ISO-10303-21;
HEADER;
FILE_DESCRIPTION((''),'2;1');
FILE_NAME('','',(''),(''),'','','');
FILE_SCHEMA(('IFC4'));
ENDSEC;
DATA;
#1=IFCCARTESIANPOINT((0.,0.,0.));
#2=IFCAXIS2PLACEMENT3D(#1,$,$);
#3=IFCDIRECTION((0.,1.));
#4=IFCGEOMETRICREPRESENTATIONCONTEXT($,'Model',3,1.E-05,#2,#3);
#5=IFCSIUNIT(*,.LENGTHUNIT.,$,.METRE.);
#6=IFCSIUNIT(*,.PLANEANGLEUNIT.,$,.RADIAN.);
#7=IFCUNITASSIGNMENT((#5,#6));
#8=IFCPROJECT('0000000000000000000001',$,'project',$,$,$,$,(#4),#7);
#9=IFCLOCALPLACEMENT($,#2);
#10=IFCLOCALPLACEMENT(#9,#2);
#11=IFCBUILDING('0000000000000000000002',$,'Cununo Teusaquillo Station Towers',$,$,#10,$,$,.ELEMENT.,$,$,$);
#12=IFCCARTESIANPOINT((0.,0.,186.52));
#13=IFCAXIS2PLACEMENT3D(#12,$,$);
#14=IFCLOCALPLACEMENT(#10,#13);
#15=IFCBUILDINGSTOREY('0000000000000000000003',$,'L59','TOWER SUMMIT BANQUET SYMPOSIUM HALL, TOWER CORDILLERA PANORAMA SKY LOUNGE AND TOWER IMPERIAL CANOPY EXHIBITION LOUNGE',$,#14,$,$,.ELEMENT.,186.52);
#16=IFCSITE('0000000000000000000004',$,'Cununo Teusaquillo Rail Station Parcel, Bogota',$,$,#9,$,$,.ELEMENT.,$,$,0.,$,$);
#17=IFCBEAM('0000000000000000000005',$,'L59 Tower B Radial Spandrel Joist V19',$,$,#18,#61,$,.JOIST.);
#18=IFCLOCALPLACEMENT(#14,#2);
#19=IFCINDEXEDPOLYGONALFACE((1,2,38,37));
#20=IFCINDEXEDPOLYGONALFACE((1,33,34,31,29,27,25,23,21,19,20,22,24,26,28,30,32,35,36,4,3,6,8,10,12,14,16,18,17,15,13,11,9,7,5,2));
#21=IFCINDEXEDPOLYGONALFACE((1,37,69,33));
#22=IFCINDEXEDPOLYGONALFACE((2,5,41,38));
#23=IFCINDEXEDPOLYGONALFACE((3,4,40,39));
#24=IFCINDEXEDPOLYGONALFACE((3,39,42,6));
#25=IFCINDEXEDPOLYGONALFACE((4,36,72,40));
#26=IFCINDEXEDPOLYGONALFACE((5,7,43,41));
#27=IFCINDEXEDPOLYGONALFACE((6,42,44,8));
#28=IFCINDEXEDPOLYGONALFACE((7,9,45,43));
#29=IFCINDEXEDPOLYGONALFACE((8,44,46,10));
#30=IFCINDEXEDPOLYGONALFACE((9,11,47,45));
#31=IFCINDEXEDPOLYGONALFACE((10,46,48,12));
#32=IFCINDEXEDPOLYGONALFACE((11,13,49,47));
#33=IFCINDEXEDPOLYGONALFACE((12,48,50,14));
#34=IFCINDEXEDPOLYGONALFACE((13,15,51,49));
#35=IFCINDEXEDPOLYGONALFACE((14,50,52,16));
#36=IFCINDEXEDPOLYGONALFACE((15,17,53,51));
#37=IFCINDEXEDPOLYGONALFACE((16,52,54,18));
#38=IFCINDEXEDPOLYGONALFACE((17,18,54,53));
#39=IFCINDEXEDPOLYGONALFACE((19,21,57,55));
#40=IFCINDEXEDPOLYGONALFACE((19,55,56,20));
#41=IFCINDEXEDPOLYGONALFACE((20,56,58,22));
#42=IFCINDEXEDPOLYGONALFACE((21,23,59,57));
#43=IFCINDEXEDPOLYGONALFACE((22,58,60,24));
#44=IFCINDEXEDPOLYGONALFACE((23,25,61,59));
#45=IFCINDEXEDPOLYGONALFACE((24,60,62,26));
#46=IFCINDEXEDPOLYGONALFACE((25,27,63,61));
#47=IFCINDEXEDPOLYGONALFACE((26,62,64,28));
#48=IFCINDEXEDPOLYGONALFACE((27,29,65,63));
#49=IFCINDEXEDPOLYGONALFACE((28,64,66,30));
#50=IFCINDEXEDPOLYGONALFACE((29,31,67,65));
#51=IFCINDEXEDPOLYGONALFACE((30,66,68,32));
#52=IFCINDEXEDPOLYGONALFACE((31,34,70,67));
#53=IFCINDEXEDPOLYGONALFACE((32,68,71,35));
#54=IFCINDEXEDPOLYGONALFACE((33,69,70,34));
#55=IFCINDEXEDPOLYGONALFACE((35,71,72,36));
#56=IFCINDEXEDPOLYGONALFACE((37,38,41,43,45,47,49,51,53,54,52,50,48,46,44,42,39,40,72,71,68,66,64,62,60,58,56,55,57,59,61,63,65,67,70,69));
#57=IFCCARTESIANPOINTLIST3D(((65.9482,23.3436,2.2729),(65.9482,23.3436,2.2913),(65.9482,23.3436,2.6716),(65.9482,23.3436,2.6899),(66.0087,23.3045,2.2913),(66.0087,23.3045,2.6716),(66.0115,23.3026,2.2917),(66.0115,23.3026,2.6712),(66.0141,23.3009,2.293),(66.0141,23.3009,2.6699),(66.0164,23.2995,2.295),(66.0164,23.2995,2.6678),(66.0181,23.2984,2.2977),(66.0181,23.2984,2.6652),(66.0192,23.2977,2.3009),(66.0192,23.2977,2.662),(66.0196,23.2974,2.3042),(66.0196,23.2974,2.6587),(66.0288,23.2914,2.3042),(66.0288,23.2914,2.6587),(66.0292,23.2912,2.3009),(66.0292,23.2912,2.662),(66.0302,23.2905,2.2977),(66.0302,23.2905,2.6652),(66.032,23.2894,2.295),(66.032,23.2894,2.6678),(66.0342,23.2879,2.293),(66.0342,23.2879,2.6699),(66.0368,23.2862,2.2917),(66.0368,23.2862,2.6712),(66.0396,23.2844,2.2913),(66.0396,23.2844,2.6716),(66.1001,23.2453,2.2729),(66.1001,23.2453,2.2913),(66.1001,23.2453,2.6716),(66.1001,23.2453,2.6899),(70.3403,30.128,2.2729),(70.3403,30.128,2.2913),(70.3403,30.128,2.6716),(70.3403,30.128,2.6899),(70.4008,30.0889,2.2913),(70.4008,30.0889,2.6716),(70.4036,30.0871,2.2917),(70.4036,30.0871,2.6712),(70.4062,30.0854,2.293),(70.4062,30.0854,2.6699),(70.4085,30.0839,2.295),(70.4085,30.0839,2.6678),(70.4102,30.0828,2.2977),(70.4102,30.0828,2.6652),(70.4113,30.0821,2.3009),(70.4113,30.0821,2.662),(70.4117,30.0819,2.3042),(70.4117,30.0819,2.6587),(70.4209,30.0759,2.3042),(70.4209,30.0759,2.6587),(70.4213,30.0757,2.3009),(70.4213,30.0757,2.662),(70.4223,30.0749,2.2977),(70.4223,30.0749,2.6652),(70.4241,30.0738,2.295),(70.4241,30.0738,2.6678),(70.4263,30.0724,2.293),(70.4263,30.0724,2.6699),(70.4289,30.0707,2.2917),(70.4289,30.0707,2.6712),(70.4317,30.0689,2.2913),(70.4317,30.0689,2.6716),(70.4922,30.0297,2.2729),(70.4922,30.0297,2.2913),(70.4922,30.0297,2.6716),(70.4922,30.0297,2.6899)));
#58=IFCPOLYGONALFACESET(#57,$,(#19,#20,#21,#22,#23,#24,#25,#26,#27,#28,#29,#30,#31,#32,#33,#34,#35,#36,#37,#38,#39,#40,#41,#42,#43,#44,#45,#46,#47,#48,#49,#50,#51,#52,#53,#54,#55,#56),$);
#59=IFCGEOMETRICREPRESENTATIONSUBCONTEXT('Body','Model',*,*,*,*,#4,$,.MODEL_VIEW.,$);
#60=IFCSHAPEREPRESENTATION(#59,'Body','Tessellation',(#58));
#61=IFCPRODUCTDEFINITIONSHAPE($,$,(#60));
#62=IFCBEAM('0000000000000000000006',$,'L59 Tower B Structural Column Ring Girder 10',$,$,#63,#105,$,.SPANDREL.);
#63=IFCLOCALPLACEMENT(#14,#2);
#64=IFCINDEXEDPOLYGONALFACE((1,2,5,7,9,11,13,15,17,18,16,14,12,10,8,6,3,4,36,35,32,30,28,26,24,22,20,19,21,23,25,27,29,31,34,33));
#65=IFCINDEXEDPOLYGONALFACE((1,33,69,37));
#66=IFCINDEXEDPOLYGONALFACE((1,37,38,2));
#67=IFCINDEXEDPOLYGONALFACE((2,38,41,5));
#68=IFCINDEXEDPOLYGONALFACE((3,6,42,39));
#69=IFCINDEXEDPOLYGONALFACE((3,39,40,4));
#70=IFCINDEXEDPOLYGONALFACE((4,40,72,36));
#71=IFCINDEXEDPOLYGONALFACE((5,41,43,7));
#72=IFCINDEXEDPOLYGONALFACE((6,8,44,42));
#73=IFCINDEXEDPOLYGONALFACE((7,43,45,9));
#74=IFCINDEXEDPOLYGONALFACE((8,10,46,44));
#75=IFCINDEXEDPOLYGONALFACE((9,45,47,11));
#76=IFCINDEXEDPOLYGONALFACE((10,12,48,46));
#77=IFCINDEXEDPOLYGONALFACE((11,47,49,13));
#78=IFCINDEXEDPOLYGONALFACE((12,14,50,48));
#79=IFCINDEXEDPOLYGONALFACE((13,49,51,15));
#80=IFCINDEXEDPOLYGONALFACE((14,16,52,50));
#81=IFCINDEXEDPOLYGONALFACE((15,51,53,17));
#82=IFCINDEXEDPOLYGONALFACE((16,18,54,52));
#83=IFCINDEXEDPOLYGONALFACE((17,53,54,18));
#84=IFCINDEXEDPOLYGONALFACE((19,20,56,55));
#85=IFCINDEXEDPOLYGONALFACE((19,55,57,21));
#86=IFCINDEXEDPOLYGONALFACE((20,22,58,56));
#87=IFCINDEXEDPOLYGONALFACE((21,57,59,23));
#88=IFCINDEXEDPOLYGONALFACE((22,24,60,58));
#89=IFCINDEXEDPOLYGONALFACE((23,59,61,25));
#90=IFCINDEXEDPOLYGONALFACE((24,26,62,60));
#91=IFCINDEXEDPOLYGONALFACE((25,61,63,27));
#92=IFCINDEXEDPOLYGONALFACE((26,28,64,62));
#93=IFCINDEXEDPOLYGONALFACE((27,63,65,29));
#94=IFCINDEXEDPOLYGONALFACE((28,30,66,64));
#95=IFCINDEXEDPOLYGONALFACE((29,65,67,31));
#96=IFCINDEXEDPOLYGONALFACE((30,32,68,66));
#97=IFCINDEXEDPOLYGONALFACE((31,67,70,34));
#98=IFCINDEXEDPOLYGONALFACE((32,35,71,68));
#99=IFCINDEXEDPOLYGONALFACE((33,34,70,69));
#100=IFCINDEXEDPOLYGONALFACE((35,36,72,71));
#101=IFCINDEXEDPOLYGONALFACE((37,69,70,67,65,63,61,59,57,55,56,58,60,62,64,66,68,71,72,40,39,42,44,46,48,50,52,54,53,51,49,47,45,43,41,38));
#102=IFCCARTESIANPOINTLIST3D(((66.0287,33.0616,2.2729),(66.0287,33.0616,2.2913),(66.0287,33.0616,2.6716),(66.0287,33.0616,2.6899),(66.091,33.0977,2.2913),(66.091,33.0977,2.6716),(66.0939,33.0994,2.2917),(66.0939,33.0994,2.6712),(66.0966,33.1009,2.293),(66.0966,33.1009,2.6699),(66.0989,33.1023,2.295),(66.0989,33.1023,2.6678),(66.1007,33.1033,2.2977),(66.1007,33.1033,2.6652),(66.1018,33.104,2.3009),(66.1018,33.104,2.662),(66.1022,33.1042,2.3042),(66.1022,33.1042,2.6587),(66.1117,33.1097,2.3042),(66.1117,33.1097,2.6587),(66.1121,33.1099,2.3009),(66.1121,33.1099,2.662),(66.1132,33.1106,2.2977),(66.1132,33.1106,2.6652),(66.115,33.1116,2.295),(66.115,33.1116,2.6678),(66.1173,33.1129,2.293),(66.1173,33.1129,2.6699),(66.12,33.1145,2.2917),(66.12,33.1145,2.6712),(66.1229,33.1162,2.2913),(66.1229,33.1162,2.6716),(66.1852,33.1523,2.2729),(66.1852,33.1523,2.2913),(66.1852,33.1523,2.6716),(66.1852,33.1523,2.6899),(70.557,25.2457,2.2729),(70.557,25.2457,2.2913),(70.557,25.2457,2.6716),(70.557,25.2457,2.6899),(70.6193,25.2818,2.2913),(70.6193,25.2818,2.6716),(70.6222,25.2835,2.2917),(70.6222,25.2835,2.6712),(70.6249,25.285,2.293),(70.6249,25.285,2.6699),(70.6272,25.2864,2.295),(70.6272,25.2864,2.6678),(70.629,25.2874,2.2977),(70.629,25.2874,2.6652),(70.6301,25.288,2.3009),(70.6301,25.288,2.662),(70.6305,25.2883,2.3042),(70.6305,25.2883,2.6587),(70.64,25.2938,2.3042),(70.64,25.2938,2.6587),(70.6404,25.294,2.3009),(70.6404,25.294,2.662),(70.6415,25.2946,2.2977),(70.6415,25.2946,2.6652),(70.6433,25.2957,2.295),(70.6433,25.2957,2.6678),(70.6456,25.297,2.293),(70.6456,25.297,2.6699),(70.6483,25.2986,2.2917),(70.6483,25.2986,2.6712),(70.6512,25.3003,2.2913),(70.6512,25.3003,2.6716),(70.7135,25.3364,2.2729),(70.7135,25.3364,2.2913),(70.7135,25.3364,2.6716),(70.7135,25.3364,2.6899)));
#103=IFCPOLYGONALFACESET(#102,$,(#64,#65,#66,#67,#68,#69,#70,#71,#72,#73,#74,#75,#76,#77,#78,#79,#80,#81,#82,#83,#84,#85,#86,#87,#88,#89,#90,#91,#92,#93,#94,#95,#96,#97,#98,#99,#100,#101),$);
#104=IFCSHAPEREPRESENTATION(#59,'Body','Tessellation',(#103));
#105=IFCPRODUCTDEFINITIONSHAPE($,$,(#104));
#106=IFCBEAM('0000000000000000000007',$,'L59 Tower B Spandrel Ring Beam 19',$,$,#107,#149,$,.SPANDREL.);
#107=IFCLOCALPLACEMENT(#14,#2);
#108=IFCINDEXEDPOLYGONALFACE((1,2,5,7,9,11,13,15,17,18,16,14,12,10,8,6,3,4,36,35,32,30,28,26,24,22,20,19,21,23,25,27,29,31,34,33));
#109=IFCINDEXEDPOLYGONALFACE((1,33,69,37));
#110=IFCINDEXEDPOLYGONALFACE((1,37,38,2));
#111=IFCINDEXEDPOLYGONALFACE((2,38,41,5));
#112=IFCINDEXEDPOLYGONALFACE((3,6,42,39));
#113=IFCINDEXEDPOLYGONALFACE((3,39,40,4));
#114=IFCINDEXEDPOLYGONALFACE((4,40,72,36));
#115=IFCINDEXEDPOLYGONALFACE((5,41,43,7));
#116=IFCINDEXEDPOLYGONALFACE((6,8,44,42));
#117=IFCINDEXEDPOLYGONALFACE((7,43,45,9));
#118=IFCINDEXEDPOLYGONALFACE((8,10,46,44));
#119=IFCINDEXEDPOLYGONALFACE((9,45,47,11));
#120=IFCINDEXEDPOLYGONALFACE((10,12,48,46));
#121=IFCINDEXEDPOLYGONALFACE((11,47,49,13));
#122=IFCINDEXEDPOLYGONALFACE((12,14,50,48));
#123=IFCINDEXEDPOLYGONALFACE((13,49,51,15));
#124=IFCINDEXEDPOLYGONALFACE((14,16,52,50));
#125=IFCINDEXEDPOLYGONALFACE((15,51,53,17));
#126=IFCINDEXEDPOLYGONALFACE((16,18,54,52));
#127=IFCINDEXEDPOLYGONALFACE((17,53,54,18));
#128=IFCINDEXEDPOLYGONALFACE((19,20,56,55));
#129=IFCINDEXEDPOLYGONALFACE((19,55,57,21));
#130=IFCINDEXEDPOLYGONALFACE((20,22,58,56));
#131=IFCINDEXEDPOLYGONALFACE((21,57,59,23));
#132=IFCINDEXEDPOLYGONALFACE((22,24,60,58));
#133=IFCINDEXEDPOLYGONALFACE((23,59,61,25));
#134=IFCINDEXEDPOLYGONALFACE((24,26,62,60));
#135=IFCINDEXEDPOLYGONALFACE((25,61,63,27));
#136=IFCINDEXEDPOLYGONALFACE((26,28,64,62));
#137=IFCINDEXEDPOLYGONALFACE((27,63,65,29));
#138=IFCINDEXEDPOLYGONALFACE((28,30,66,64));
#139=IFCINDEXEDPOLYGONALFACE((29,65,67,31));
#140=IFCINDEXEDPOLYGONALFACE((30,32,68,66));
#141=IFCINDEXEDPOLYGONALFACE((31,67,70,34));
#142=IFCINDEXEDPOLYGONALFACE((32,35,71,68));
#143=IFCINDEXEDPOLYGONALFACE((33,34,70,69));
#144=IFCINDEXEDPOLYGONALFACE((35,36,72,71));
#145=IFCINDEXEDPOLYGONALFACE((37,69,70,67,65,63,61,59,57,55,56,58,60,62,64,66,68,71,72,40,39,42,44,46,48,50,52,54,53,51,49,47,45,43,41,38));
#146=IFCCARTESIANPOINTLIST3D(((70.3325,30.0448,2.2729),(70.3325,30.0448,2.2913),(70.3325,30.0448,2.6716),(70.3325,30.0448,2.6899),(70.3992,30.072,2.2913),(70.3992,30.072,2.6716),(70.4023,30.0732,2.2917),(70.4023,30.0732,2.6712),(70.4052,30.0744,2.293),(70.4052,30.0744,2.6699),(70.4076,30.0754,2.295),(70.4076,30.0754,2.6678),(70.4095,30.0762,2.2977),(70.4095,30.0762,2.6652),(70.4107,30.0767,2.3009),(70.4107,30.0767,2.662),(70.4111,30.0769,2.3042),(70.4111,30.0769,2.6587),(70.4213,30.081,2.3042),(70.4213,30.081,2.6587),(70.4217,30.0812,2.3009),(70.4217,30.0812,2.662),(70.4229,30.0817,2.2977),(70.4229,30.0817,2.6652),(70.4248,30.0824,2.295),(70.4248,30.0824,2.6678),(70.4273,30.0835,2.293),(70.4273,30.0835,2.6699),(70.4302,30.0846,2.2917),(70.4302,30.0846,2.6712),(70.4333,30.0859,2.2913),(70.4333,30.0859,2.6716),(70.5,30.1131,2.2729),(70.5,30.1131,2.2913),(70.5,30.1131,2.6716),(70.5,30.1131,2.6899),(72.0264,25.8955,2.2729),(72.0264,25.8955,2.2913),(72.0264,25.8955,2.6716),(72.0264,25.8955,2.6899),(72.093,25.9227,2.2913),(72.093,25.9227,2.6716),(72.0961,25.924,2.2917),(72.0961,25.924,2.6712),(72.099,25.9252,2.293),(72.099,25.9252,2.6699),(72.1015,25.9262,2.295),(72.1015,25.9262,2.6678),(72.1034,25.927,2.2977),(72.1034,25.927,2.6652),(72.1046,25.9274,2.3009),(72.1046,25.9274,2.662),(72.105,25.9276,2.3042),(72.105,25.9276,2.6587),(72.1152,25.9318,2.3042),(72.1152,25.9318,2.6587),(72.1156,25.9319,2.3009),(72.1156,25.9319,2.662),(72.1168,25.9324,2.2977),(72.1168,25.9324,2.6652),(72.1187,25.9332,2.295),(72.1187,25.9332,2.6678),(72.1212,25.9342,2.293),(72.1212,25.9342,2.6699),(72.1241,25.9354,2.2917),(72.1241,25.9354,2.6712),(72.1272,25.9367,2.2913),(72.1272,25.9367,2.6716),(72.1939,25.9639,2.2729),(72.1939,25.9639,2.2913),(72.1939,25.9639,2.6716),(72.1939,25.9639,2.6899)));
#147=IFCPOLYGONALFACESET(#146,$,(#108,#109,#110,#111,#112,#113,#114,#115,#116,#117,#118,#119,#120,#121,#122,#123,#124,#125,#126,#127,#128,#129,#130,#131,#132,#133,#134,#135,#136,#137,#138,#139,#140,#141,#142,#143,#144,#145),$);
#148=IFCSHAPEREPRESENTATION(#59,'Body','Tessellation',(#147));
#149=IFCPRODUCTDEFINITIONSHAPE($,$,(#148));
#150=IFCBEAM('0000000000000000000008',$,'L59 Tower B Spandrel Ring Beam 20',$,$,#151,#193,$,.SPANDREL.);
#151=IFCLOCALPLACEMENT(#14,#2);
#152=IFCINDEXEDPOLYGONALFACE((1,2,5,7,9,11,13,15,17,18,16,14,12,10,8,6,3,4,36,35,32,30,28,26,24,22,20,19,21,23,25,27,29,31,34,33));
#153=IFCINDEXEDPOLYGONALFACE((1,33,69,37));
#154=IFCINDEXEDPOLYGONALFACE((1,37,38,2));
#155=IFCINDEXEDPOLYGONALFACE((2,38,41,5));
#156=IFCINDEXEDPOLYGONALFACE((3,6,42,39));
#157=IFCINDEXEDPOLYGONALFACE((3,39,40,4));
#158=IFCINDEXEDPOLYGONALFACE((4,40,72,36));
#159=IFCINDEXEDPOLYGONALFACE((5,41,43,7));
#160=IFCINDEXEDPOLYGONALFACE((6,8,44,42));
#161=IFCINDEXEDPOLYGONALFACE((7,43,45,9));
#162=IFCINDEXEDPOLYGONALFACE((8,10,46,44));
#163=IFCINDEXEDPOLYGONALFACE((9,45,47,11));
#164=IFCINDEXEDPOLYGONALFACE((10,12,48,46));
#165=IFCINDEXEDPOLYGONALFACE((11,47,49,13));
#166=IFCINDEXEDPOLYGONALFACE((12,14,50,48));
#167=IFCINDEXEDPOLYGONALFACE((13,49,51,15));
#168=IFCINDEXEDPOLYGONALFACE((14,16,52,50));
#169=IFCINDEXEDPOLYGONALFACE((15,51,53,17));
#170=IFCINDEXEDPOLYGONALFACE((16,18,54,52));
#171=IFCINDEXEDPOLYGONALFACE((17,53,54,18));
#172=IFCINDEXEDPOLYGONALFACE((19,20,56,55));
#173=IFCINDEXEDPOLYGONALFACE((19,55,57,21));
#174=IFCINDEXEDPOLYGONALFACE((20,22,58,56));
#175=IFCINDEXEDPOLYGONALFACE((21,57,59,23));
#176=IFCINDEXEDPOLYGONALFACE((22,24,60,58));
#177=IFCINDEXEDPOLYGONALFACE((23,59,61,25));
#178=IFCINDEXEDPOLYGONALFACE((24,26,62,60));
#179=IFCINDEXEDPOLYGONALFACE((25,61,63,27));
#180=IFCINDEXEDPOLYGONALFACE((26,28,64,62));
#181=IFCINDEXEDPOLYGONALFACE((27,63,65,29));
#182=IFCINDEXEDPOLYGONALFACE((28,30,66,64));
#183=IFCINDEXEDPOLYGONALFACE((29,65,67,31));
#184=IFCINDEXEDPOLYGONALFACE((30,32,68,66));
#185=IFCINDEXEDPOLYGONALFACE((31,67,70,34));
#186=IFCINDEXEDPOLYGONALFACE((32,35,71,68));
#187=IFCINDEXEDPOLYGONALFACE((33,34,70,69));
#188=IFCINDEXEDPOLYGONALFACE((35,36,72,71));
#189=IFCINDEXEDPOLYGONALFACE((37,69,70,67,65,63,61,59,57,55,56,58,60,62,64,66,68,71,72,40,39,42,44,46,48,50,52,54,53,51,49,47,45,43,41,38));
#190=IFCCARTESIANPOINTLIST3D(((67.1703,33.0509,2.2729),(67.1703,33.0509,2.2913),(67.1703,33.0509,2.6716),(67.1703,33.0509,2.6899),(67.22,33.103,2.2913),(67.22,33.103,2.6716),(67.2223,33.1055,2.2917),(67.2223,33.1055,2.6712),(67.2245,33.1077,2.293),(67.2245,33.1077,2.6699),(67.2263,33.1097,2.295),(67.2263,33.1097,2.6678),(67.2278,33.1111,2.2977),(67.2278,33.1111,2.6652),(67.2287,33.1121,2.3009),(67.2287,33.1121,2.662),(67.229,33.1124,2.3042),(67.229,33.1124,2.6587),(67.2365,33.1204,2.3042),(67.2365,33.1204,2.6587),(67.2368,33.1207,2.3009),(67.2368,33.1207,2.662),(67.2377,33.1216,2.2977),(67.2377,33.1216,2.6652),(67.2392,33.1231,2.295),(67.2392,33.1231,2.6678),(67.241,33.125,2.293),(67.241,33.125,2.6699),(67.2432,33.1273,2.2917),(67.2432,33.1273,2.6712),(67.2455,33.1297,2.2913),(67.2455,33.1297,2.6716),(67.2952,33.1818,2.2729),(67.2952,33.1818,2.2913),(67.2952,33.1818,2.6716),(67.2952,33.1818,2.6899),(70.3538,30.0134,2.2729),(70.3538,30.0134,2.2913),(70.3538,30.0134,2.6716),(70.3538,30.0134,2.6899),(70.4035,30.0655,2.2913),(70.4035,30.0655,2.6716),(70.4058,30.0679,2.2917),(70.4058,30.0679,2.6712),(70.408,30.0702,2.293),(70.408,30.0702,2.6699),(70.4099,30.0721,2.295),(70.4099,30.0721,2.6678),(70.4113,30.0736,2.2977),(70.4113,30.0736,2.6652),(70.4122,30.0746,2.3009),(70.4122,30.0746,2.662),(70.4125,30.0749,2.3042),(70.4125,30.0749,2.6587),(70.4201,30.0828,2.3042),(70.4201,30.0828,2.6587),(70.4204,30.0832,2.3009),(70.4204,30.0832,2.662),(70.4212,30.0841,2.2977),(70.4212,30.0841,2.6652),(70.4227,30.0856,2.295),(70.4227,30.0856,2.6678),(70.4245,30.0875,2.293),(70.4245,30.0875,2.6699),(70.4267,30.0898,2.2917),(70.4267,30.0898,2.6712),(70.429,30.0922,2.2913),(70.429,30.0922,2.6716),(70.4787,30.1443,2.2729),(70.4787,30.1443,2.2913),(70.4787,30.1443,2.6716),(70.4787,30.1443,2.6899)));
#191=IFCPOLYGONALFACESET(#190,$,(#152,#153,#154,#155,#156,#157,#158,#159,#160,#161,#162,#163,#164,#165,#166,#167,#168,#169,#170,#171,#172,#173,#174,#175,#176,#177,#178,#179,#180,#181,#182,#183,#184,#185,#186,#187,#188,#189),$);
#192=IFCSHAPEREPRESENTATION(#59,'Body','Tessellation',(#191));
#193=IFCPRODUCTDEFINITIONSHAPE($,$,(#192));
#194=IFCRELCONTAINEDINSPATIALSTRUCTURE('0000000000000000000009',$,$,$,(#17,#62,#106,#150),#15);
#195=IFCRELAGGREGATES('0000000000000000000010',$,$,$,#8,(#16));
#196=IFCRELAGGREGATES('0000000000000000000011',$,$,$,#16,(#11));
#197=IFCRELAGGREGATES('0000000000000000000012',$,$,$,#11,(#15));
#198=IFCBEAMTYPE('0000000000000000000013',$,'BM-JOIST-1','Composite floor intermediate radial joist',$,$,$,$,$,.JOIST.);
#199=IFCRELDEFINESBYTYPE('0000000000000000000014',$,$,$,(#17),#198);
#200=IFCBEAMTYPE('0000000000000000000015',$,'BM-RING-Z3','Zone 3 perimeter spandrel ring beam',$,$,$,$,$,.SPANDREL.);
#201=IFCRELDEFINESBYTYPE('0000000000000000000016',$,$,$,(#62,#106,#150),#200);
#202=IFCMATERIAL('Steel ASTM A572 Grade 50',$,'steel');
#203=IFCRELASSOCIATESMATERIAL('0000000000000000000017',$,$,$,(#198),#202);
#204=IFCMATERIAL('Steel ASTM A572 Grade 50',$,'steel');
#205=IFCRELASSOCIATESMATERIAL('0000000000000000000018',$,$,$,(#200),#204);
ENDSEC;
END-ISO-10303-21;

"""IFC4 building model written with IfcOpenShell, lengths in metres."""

from ifc_helpers import new_model, si_unit, direction, frame, origin, origin_2d, place, context, subcontext, project, spatial, i_section, extrude, material, material_profile, profile_set, type_object, element, save


model = new_model("IFC4")

# Units and contexts
model_context = context("Model", 3, precision=1e-05, world=origin(), true_north=direction((0.0, 1.0)))
body_context = subcontext(model_context, "Body", "Model", "MODEL_VIEW")
ifc_project = project(units=[si_unit("LENGTHUNIT", "METRE"), si_unit("PLANEANGLEUNIT", "RADIAN")], contexts=[model_context])

# Site, building, storey
site_placement = place(None, origin())
site = spatial("IfcSite", under=ifc_project, at=site_placement, Name="Cununo Teusaquillo Rail Station Parcel, Bogota", CompositionType="ELEMENT", RefElevation=0.0)
building_placement = place(site_placement, origin())
building = spatial("IfcBuilding", under=site, at=building_placement, Name="Cununo Teusaquillo Station Towers", CompositionType="ELEMENT")
storey_placement = place(building_placement, frame((0.0, 0.0, 186.52)))
storey = spatial("IfcBuildingStorey", under=building, at=storey_placement, Name="L59", Description="TOWER SUMMIT BANQUET SYMPOSIUM HALL, TOWER CORDILLERA PANORAMA SKY LOUNGE AND TOWER IMPERIAL CANOPY EXHIBITION LOUNGE", CompositionType="ELEMENT", Elevation=186.52)

# Beams
ifc_material_1 = material(Name="Steel ASTM A572 Grade 50", Category="steel")
ifc_material_profile_1 = material_profile(ifc_material_1, i_section(OverallWidth=0.1809, OverallDepth=0.417, WebThickness=0.011, FlangeThickness=0.0183, FilletRadius=0.0129, at=origin_2d()), Name="W16X57")
ifc_profile_set_1 = profile_set([ifc_material_profile_1], Name="Steel ASTM A572 Grade 50")
beam_type_1 = type_object("IfcBeamType", Name="BM-JOIST-1", Description="Composite floor intermediate radial joist", PredefinedType="JOIST", material=ifc_profile_set_1)
beam_1_placement = place(storey_placement, frame((66.0242, 23.2944, 2.4814), z_axis=(0.54344, 0.839448, 0.0), x_axis=(-0.839448, 0.54344, 0.0)))
element("IfcBeam", 1, at=beam_1_placement, inside=storey, type_object=beam_type_1, Name="L59 Tower B Radial Spandrel Joist V19", PredefinedType="JOIST", context=body_context, shape_type="SweptSolid", body=[
    extrude(i_section(OverallWidth=0.1809, OverallDepth=0.417, WebThickness=0.011, FlangeThickness=0.0183, FilletRadius=0.0129, at=origin_2d()), origin(), (0.0, 0.0, 1.0), 8.082),
])
ifc_material_2 = material(Name="Steel ASTM A572 Grade 50", Category="steel")
ifc_material_profile_2 = material_profile(ifc_material_2, i_section(OverallWidth=0.1809, OverallDepth=0.417, WebThickness=0.011, FlangeThickness=0.0183, FilletRadius=0.0129, at=origin_2d()), Name="W16X57")
ifc_profile_set_2 = profile_set([ifc_material_profile_2], Name="Steel ASTM A572 Grade 50")
beam_type_2 = type_object("IfcBeamType", Name="BM-RING-Z3", Description="Zone 3 perimeter spandrel ring beam", PredefinedType="SPANDREL", material=ifc_profile_set_2)
beam_2_placement = place(storey_placement, frame((70.6353, 25.291, 2.4814), z_axis=(-0.501311, 0.865267, 0.0), x_axis=(-0.865267, -0.501311, 0.0)))
element("IfcBeam", 2, at=beam_2_placement, inside=storey, type_object=beam_type_2, Name="L59 Tower B Structural Column Ring Girder 10", PredefinedType="SPANDREL", context=body_context, shape_type="SweptSolid", body=[
    extrude(i_section(OverallWidth=0.1809, OverallDepth=0.417, WebThickness=0.011, FlangeThickness=0.0183, FilletRadius=0.0129, at=origin_2d()), origin(), (0.0, 0.0, 1.0), 9.033),
])
beam_3_placement = place(storey_placement, frame((72.1101, 25.9297, 2.4814), z_axis=(-0.377956, 0.925824, 0.0), x_axis=(-0.925824, -0.377956, 0.0)))
element("IfcBeam", 3, at=beam_3_placement, inside=storey, type_object=beam_type_2, Name="L59 Tower B Spandrel Ring Beam 19", PredefinedType="SPANDREL", context=body_context, shape_type="SweptSolid", body=[
    extrude(i_section(OverallWidth=0.1809, OverallDepth=0.417, WebThickness=0.011, FlangeThickness=0.0183, FilletRadius=0.0129, at=origin_2d()), origin(), (0.0, 0.0, 1.0), 4.4817),
])
beam_4_placement = place(storey_placement, frame((70.4163, 30.0789, 2.4814), z_axis=(-0.723502, 0.690323, 0.0), x_axis=(-0.690323, -0.723502, 0.0)))
element("IfcBeam", 4, at=beam_4_placement, inside=storey, type_object=beam_type_2, Name="L59 Tower B Spandrel Ring Beam 20", PredefinedType="SPANDREL", context=body_context, shape_type="SweptSolid", body=[
    extrude(i_section(OverallWidth=0.1809, OverallDepth=0.417, WebThickness=0.011, FlangeThickness=0.0183, FilletRadius=0.0129, at=origin_2d()), origin(), (0.0, 0.0, 1.0), 4.4001),
])

save(model, "model.ifc")
